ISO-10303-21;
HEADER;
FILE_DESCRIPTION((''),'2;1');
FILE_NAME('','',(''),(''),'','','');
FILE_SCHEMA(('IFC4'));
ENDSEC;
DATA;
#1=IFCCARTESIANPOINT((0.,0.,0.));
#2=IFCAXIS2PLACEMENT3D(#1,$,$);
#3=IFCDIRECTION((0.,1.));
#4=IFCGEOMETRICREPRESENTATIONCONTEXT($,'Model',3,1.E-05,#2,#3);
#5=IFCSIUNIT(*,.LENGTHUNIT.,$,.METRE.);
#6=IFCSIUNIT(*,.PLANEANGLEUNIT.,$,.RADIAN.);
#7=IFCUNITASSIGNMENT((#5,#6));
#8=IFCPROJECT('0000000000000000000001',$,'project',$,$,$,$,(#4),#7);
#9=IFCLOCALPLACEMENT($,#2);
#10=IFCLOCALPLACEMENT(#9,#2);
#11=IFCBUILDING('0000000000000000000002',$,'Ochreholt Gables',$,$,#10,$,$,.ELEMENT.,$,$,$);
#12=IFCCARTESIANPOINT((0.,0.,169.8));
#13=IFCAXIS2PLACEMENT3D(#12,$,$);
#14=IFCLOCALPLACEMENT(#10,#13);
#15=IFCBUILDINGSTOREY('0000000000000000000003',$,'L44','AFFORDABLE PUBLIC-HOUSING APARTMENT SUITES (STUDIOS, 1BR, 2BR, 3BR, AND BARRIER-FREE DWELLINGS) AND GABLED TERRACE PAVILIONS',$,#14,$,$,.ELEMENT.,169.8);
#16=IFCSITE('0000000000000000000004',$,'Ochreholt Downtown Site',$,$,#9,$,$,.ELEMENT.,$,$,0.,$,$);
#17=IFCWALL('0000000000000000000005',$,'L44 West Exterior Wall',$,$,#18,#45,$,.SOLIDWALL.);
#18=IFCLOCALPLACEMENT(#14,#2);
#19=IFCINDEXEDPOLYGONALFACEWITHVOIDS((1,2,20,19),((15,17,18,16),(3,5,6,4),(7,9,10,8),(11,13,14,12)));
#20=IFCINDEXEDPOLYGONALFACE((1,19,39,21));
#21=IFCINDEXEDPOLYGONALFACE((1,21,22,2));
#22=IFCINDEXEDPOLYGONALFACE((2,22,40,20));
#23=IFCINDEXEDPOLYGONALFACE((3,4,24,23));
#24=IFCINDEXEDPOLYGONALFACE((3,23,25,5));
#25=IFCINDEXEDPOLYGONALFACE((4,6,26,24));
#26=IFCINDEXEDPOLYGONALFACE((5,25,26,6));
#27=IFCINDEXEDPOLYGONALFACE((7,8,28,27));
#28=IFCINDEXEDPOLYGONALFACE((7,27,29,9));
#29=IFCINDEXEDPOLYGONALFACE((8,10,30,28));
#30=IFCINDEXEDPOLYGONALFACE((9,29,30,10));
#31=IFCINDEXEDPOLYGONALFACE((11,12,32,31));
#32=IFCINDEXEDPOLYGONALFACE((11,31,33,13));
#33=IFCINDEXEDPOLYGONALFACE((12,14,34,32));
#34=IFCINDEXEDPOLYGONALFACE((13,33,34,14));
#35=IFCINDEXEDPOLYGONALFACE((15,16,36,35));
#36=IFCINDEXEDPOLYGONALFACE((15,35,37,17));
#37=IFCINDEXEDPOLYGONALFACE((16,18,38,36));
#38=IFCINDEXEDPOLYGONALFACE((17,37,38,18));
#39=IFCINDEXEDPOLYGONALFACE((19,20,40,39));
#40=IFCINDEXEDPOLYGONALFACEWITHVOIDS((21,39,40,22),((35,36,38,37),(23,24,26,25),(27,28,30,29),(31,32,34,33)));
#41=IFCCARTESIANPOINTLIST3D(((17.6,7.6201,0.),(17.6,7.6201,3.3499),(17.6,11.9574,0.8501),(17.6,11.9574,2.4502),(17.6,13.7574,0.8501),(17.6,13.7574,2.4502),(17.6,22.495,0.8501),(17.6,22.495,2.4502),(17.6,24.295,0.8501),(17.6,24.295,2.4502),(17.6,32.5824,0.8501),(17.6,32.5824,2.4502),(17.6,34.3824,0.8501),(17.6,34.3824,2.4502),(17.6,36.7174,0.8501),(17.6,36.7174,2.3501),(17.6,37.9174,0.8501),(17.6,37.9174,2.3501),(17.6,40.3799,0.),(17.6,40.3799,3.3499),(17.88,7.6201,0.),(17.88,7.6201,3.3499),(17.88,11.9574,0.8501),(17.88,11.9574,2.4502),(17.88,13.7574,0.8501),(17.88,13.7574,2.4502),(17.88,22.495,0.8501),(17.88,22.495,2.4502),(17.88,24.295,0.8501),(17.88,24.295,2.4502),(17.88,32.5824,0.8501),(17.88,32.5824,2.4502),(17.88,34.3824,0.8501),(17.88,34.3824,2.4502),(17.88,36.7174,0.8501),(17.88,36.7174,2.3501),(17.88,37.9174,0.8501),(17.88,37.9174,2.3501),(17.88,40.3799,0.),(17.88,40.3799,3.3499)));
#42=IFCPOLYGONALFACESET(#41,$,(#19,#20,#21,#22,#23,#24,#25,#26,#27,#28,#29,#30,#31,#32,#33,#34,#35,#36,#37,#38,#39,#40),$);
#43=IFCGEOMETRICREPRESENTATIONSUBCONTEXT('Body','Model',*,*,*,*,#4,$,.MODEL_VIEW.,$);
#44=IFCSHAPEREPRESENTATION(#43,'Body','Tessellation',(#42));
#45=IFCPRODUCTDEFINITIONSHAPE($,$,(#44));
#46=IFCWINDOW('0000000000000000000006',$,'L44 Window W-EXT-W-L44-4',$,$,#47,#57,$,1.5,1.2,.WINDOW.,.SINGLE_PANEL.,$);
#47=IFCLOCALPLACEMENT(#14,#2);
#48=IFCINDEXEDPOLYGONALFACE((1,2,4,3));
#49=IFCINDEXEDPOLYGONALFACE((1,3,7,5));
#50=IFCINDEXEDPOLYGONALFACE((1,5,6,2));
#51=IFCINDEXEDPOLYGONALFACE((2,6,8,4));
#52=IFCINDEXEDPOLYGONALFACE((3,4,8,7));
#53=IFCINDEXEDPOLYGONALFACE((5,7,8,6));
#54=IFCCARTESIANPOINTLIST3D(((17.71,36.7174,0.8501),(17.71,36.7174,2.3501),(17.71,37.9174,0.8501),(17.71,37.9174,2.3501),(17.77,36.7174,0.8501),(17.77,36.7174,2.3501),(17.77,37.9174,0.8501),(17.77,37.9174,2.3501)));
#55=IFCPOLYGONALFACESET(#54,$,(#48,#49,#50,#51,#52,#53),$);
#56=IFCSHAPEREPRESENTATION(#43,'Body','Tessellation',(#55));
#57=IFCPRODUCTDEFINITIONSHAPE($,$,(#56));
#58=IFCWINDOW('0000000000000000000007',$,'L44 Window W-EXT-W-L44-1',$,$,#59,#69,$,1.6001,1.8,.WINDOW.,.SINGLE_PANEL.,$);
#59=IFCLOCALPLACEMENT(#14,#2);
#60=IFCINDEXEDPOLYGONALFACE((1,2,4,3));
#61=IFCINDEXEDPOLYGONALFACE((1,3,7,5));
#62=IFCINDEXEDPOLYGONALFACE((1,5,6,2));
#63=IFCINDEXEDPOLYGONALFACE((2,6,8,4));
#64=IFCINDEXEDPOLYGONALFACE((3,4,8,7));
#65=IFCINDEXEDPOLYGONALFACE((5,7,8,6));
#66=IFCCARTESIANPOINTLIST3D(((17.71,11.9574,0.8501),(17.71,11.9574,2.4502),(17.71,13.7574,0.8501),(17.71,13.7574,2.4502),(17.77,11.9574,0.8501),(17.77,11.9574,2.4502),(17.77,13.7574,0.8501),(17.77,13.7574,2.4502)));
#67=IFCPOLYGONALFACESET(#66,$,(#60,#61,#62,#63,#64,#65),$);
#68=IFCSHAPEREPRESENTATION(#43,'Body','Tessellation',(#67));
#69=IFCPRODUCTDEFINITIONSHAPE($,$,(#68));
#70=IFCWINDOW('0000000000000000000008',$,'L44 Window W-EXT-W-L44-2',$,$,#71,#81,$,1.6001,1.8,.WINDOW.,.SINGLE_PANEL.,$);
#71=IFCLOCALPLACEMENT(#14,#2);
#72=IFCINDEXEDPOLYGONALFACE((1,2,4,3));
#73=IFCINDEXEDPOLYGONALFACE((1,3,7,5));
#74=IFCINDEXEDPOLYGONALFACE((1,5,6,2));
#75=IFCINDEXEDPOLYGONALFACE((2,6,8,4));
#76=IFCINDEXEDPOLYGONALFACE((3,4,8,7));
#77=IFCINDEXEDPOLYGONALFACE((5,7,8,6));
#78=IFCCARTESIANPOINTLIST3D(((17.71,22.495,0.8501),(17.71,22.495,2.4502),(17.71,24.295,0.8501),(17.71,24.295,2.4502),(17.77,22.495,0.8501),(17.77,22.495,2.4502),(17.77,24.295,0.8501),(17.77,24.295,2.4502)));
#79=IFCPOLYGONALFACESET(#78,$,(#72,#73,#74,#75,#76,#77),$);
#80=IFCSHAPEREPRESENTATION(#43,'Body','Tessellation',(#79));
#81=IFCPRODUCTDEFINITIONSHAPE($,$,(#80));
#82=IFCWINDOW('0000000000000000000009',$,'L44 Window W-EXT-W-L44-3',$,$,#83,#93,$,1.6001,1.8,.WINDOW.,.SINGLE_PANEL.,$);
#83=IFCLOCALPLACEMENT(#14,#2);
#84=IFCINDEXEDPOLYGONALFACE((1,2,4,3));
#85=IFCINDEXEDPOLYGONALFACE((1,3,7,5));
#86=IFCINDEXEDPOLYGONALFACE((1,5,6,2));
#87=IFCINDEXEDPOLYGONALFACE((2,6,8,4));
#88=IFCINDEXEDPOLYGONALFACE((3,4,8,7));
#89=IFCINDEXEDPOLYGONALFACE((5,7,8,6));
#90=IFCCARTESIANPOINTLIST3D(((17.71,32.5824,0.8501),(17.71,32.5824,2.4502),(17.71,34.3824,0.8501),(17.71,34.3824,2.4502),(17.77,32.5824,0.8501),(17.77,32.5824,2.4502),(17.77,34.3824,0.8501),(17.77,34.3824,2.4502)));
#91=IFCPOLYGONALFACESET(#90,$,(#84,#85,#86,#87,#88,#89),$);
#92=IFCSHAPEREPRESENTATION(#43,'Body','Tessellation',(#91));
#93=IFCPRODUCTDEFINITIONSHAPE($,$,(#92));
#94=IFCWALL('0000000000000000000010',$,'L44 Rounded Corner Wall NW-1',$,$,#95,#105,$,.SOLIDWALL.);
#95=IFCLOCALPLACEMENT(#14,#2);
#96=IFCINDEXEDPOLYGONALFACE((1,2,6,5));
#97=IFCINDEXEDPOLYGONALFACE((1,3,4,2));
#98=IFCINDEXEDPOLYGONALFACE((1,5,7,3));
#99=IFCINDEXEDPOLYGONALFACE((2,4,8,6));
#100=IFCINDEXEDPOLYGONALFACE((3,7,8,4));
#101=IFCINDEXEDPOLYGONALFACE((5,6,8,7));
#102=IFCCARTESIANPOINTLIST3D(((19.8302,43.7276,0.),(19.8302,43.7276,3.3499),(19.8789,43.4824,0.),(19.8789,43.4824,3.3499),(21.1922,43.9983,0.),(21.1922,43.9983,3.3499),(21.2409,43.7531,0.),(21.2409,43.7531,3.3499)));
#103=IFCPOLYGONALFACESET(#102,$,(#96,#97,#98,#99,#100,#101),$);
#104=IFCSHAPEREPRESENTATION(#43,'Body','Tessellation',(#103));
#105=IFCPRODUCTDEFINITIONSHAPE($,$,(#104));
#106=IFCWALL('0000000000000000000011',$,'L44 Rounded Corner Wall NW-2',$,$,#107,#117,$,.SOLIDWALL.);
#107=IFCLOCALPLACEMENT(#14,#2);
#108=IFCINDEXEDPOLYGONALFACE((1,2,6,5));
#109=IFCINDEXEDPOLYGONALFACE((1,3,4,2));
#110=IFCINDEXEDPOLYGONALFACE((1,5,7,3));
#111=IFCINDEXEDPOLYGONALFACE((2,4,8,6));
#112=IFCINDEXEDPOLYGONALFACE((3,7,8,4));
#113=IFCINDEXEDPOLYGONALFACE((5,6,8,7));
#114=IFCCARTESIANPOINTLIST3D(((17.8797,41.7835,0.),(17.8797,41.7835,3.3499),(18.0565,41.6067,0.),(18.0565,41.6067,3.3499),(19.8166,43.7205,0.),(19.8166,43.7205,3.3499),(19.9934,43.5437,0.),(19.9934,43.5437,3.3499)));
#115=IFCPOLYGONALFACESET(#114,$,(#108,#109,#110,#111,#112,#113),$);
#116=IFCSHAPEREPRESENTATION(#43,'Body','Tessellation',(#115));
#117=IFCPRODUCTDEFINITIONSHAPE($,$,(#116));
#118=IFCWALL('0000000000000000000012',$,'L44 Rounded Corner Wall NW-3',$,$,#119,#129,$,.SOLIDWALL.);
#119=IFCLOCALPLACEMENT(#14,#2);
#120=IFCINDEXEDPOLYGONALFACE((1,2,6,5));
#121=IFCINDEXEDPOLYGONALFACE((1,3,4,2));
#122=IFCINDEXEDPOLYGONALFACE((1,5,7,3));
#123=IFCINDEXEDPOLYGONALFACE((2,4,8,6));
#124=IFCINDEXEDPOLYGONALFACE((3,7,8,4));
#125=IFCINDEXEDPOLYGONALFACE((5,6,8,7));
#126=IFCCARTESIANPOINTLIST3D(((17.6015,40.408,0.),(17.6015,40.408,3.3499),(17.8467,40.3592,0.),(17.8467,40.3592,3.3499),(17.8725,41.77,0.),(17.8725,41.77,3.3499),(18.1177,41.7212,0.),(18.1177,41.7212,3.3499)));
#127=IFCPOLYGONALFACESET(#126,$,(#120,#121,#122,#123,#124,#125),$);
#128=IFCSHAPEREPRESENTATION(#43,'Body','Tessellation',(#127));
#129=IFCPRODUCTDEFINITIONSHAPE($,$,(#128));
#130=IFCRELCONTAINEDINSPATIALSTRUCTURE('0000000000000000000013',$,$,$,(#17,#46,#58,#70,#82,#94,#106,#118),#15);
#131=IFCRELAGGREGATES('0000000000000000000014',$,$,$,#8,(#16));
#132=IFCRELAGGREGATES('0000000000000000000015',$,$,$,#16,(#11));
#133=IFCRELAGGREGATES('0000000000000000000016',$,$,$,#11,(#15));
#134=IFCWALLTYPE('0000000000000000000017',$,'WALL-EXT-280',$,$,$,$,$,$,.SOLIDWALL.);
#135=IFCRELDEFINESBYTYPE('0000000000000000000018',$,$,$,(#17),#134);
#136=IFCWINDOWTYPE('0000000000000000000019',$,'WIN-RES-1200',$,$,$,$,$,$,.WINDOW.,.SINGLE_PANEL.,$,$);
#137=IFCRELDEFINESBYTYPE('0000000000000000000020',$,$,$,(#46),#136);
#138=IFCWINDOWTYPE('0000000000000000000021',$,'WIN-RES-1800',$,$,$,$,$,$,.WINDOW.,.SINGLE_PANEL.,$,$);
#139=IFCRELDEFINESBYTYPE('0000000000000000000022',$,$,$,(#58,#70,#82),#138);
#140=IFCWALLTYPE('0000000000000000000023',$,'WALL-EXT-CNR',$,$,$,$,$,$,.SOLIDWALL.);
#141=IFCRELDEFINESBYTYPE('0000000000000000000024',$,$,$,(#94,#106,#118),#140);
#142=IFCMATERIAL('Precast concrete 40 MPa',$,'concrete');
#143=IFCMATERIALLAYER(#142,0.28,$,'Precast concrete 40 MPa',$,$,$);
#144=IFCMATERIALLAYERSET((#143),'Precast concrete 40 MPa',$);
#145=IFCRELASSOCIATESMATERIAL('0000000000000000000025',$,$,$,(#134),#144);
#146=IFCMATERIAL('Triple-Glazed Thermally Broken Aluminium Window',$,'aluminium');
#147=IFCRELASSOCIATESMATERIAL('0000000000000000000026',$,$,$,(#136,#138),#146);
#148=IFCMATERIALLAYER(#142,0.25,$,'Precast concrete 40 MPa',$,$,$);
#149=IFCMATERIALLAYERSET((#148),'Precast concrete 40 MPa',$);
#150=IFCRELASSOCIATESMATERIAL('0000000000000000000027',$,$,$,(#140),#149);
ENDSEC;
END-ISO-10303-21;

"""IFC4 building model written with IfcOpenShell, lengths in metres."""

from ifc_helpers import new_model, si_unit, direction, frame, frame_2d, origin, place, context, subcontext, project, spatial, rectangle, extrude, material, layer, layer_set, type_object, element, fill, save


model = new_model("IFC4")

# Units and contexts
model_context = context("Model", 3, precision=1e-05, world=origin(), true_north=direction((0.0, 1.0)))
body_context = subcontext(model_context, "Body", "Model", "MODEL_VIEW")
ifc_project = project(units=[si_unit("LENGTHUNIT", "METRE"), si_unit("PLANEANGLEUNIT", "RADIAN")], contexts=[model_context])

# Site, building, storey
site_placement = place(None, origin())
site = spatial("IfcSite", under=ifc_project, at=site_placement, Name="Ochreholt Downtown Site", CompositionType="ELEMENT", RefElevation=0.0)
building_placement = place(site_placement, origin())
building = spatial("IfcBuilding", under=site, at=building_placement, Name="Ochreholt Gables", CompositionType="ELEMENT")
storey_placement = place(building_placement, frame((0.0, 0.0, 169.8)))
storey = spatial("IfcBuildingStorey", under=building, at=storey_placement, Name="L44", Description="AFFORDABLE PUBLIC-HOUSING APARTMENT SUITES (STUDIOS, 1BR, 2BR, 3BR, AND BARRIER-FREE DWELLINGS) AND GABLED TERRACE PAVILIONS", CompositionType="ELEMENT", Elevation=169.8)

# Wall, openings, windows
ifc_material_1 = material(Name="Precast concrete 40 MPa", Category="concrete")
ifc_layer_1 = layer(ifc_material_1, 0.28, Name="Precast concrete 40 MPa")
ifc_layer_set_1 = layer_set([ifc_layer_1], Name="Precast concrete 40 MPa")
wall_type_1 = type_object("IfcWallType", Name="WALL-EXT-280", PredefinedType="SOLIDWALL", material=ifc_layer_set_1)
wall_1_placement = place(storey_placement, frame((17.74, 40.3799, 0.0), z_axis=(0.0, 0.0, 1.0), x_axis=(0.0, -1.0, 0.0)))
wall_1 = element("IfcWall", 1, at=wall_1_placement, inside=storey, type_object=wall_type_1, Name="L44 West Exterior Wall", PredefinedType="SOLIDWALL", context=body_context, shape_type="SweptSolid", body=[
    extrude(rectangle(XDim=32.7598, YDim=0.28, at=frame_2d((16.3799, 0.0))), origin(), (0.0, 0.0, 1.0), 3.3499),
])
opening_1_placement = place(wall_1_placement, frame((26.6226, 0.0, 0.8501)))
opening_1 = element("IfcOpeningElement", 2, at=opening_1_placement, cuts=wall_1, PredefinedType="OPENING", context=body_context, shape_type="SweptSolid", body=[
    extrude(rectangle(XDim=1.8, YDim=1.6001, at=frame_2d((0.8999, 0.8))), frame((0.0, 0.1499, 0.0), z_axis=(0.0, -1.0, 0.0), x_axis=(1.0, 0.0, 0.0)), (0.0, 0.0, 1.0), 0.3),
])
opening_2_placement = place(wall_1_placement, frame((16.085, 0.0, 0.8501)))
opening_2 = element("IfcOpeningElement", 3, at=opening_2_placement, cuts=wall_1, PredefinedType="OPENING", context=body_context, shape_type="SweptSolid", body=[
    extrude(rectangle(XDim=1.8, YDim=1.6001, at=frame_2d((0.8999, 0.8))), frame((0.0, 0.1499, 0.0), z_axis=(0.0, -1.0, 0.0), x_axis=(1.0, 0.0, 0.0)), (0.0, 0.0, 1.0), 0.3),
])
opening_3_placement = place(wall_1_placement, frame((5.9976, 0.0, 0.8501)))
opening_3 = element("IfcOpeningElement", 4, at=opening_3_placement, cuts=wall_1, PredefinedType="OPENING", context=body_context, shape_type="SweptSolid", body=[
    extrude(rectangle(XDim=1.8, YDim=1.6001, at=frame_2d((0.8999, 0.8))), frame((0.0, 0.1499, 0.0), z_axis=(0.0, -1.0, 0.0), x_axis=(1.0, 0.0, 0.0)), (0.0, 0.0, 1.0), 0.3),
])
opening_4_placement = place(wall_1_placement, frame((2.4624, 0.0, 0.8501)))
opening_4 = element("IfcOpeningElement", 5, at=opening_4_placement, cuts=wall_1, PredefinedType="OPENING", context=body_context, shape_type="SweptSolid", body=[
    extrude(rectangle(XDim=1.2, YDim=1.5, at=frame_2d((0.6001, 0.75))), frame((0.0, 0.1499, 0.0), z_axis=(0.0, -1.0, 0.0), x_axis=(1.0, 0.0, 0.0)), (0.0, 0.0, 1.0), 0.3),
])
ifc_material_2 = material(Name="Triple-Glazed Thermally Broken Aluminium Window", Category="aluminium")
window_type_1 = type_object("IfcWindowType", Name="WIN-RES-1200", PartitioningType="SINGLE_PANEL", PredefinedType="WINDOW", material=ifc_material_2)
window_1_placement = place(opening_4_placement, origin())
window_1 = element("IfcWindow", 6, at=window_1_placement, inside=storey, type_object=window_type_1, Name="L44 Window W-EXT-W-L44-4", OverallHeight=1.5, OverallWidth=1.2, PartitioningType="SINGLE_PANEL", PredefinedType="WINDOW", context=body_context, shape_type="SweptSolid", body=[
    extrude(rectangle(XDim=1.2, YDim=1.5, at=frame_2d((0.6001, 0.75))), frame((0.0, 0.03, 0.0), z_axis=(0.0, -1.0, 0.0), x_axis=(1.0, 0.0, 0.0)), (0.0, 0.0, 1.0), 0.0601),
])
fill(opening_4, window_1)
window_type_2 = type_object("IfcWindowType", Name="WIN-RES-1800", PartitioningType="SINGLE_PANEL", PredefinedType="WINDOW", material=ifc_material_2)
window_2_placement = place(opening_1_placement, origin())
window_2 = element("IfcWindow", 7, at=window_2_placement, inside=storey, type_object=window_type_2, Name="L44 Window W-EXT-W-L44-1", OverallHeight=1.6001, OverallWidth=1.8, PartitioningType="SINGLE_PANEL", PredefinedType="WINDOW", context=body_context, shape_type="SweptSolid", body=[
    extrude(rectangle(XDim=1.8, YDim=1.6001, at=frame_2d((0.8999, 0.8))), frame((0.0, 0.03, 0.0), z_axis=(0.0, -1.0, 0.0), x_axis=(1.0, 0.0, 0.0)), (0.0, 0.0, 1.0), 0.0601),
])
fill(opening_1, window_2)
window_3_placement = place(opening_2_placement, origin())
window_3 = element("IfcWindow", 8, at=window_3_placement, inside=storey, type_object=window_type_2, Name="L44 Window W-EXT-W-L44-2", OverallHeight=1.6001, OverallWidth=1.8, PartitioningType="SINGLE_PANEL", PredefinedType="WINDOW", context=body_context, shape_type="SweptSolid", body=[
    extrude(rectangle(XDim=1.8, YDim=1.6001, at=frame_2d((0.8999, 0.8))), frame((0.0, 0.03, 0.0), z_axis=(0.0, -1.0, 0.0), x_axis=(1.0, 0.0, 0.0)), (0.0, 0.0, 1.0), 0.0601),
])
fill(opening_2, window_3)
window_4_placement = place(opening_3_placement, origin())
window_4 = element("IfcWindow", 9, at=window_4_placement, inside=storey, type_object=window_type_2, Name="L44 Window W-EXT-W-L44-3", OverallHeight=1.6001, OverallWidth=1.8, PartitioningType="SINGLE_PANEL", PredefinedType="WINDOW", context=body_context, shape_type="SweptSolid", body=[
    extrude(rectangle(XDim=1.8, YDim=1.6001, at=frame_2d((0.8999, 0.8))), frame((0.0, 0.03, 0.0), z_axis=(0.0, -1.0, 0.0), x_axis=(1.0, 0.0, 0.0)), (0.0, 0.0, 1.0), 0.0601),
])
fill(opening_3, window_4)

# Walls
ifc_layer_2 = layer(ifc_material_1, 0.25, Name="Precast concrete 40 MPa")
ifc_layer_set_2 = layer_set([ifc_layer_2], Name="Precast concrete 40 MPa")
wall_type_2 = type_object("IfcWallType", Name="WALL-EXT-CNR", PredefinedType="SOLIDWALL", material=ifc_layer_set_2)
wall_2_placement = place(storey_placement, frame((21.2166, 43.8757, 0.0), z_axis=(0.0, 0.0, 1.0), x_axis=(-0.98081, -0.194967, 0.0)))
element("IfcWall", 10, at=wall_2_placement, inside=storey, type_object=wall_type_2, Name="L44 Rounded Corner Wall NW-1", PredefinedType="SOLIDWALL", context=body_context, shape_type="SweptSolid", body=[
    extrude(rectangle(XDim=1.3887, YDim=0.25, at=frame_2d((0.6943, 0.0))), origin(), (0.0, 0.0, 1.0), 3.3499),
])
wall_3_placement = place(storey_placement, frame((19.905, 43.6321, 0.0), z_axis=(0.0, 0.0, 1.0), x_axis=(-0.707107, -0.707107, 0.0)))
element("IfcWall", 11, at=wall_3_placement, inside=storey, type_object=wall_type_2, Name="L44 Rounded Corner Wall NW-2", PredefinedType="SOLIDWALL", context=body_context, shape_type="SweptSolid", body=[
    extrude(rectangle(XDim=2.7393, YDim=0.25, at=frame_2d((1.3696, 0.0))), origin(), (0.0, 0.0, 1.0), 3.3499),
])
wall_4_placement = place(storey_placement, frame((17.9951, 41.7456, 0.0), z_axis=(0.0, 0.0, 1.0), x_axis=(-0.195136, -0.980776, 0.0)))
element("IfcWall", 12, at=wall_4_placement, inside=storey, type_object=wall_type_2, Name="L44 Rounded Corner Wall NW-3", PredefinedType="SOLIDWALL", context=body_context, shape_type="SweptSolid", body=[
    extrude(rectangle(XDim=1.3887, YDim=0.25, at=frame_2d((0.6943, 0.0))), origin(), (0.0, 0.0, 1.0), 3.3499),
])

save(model, "model.ifc")
